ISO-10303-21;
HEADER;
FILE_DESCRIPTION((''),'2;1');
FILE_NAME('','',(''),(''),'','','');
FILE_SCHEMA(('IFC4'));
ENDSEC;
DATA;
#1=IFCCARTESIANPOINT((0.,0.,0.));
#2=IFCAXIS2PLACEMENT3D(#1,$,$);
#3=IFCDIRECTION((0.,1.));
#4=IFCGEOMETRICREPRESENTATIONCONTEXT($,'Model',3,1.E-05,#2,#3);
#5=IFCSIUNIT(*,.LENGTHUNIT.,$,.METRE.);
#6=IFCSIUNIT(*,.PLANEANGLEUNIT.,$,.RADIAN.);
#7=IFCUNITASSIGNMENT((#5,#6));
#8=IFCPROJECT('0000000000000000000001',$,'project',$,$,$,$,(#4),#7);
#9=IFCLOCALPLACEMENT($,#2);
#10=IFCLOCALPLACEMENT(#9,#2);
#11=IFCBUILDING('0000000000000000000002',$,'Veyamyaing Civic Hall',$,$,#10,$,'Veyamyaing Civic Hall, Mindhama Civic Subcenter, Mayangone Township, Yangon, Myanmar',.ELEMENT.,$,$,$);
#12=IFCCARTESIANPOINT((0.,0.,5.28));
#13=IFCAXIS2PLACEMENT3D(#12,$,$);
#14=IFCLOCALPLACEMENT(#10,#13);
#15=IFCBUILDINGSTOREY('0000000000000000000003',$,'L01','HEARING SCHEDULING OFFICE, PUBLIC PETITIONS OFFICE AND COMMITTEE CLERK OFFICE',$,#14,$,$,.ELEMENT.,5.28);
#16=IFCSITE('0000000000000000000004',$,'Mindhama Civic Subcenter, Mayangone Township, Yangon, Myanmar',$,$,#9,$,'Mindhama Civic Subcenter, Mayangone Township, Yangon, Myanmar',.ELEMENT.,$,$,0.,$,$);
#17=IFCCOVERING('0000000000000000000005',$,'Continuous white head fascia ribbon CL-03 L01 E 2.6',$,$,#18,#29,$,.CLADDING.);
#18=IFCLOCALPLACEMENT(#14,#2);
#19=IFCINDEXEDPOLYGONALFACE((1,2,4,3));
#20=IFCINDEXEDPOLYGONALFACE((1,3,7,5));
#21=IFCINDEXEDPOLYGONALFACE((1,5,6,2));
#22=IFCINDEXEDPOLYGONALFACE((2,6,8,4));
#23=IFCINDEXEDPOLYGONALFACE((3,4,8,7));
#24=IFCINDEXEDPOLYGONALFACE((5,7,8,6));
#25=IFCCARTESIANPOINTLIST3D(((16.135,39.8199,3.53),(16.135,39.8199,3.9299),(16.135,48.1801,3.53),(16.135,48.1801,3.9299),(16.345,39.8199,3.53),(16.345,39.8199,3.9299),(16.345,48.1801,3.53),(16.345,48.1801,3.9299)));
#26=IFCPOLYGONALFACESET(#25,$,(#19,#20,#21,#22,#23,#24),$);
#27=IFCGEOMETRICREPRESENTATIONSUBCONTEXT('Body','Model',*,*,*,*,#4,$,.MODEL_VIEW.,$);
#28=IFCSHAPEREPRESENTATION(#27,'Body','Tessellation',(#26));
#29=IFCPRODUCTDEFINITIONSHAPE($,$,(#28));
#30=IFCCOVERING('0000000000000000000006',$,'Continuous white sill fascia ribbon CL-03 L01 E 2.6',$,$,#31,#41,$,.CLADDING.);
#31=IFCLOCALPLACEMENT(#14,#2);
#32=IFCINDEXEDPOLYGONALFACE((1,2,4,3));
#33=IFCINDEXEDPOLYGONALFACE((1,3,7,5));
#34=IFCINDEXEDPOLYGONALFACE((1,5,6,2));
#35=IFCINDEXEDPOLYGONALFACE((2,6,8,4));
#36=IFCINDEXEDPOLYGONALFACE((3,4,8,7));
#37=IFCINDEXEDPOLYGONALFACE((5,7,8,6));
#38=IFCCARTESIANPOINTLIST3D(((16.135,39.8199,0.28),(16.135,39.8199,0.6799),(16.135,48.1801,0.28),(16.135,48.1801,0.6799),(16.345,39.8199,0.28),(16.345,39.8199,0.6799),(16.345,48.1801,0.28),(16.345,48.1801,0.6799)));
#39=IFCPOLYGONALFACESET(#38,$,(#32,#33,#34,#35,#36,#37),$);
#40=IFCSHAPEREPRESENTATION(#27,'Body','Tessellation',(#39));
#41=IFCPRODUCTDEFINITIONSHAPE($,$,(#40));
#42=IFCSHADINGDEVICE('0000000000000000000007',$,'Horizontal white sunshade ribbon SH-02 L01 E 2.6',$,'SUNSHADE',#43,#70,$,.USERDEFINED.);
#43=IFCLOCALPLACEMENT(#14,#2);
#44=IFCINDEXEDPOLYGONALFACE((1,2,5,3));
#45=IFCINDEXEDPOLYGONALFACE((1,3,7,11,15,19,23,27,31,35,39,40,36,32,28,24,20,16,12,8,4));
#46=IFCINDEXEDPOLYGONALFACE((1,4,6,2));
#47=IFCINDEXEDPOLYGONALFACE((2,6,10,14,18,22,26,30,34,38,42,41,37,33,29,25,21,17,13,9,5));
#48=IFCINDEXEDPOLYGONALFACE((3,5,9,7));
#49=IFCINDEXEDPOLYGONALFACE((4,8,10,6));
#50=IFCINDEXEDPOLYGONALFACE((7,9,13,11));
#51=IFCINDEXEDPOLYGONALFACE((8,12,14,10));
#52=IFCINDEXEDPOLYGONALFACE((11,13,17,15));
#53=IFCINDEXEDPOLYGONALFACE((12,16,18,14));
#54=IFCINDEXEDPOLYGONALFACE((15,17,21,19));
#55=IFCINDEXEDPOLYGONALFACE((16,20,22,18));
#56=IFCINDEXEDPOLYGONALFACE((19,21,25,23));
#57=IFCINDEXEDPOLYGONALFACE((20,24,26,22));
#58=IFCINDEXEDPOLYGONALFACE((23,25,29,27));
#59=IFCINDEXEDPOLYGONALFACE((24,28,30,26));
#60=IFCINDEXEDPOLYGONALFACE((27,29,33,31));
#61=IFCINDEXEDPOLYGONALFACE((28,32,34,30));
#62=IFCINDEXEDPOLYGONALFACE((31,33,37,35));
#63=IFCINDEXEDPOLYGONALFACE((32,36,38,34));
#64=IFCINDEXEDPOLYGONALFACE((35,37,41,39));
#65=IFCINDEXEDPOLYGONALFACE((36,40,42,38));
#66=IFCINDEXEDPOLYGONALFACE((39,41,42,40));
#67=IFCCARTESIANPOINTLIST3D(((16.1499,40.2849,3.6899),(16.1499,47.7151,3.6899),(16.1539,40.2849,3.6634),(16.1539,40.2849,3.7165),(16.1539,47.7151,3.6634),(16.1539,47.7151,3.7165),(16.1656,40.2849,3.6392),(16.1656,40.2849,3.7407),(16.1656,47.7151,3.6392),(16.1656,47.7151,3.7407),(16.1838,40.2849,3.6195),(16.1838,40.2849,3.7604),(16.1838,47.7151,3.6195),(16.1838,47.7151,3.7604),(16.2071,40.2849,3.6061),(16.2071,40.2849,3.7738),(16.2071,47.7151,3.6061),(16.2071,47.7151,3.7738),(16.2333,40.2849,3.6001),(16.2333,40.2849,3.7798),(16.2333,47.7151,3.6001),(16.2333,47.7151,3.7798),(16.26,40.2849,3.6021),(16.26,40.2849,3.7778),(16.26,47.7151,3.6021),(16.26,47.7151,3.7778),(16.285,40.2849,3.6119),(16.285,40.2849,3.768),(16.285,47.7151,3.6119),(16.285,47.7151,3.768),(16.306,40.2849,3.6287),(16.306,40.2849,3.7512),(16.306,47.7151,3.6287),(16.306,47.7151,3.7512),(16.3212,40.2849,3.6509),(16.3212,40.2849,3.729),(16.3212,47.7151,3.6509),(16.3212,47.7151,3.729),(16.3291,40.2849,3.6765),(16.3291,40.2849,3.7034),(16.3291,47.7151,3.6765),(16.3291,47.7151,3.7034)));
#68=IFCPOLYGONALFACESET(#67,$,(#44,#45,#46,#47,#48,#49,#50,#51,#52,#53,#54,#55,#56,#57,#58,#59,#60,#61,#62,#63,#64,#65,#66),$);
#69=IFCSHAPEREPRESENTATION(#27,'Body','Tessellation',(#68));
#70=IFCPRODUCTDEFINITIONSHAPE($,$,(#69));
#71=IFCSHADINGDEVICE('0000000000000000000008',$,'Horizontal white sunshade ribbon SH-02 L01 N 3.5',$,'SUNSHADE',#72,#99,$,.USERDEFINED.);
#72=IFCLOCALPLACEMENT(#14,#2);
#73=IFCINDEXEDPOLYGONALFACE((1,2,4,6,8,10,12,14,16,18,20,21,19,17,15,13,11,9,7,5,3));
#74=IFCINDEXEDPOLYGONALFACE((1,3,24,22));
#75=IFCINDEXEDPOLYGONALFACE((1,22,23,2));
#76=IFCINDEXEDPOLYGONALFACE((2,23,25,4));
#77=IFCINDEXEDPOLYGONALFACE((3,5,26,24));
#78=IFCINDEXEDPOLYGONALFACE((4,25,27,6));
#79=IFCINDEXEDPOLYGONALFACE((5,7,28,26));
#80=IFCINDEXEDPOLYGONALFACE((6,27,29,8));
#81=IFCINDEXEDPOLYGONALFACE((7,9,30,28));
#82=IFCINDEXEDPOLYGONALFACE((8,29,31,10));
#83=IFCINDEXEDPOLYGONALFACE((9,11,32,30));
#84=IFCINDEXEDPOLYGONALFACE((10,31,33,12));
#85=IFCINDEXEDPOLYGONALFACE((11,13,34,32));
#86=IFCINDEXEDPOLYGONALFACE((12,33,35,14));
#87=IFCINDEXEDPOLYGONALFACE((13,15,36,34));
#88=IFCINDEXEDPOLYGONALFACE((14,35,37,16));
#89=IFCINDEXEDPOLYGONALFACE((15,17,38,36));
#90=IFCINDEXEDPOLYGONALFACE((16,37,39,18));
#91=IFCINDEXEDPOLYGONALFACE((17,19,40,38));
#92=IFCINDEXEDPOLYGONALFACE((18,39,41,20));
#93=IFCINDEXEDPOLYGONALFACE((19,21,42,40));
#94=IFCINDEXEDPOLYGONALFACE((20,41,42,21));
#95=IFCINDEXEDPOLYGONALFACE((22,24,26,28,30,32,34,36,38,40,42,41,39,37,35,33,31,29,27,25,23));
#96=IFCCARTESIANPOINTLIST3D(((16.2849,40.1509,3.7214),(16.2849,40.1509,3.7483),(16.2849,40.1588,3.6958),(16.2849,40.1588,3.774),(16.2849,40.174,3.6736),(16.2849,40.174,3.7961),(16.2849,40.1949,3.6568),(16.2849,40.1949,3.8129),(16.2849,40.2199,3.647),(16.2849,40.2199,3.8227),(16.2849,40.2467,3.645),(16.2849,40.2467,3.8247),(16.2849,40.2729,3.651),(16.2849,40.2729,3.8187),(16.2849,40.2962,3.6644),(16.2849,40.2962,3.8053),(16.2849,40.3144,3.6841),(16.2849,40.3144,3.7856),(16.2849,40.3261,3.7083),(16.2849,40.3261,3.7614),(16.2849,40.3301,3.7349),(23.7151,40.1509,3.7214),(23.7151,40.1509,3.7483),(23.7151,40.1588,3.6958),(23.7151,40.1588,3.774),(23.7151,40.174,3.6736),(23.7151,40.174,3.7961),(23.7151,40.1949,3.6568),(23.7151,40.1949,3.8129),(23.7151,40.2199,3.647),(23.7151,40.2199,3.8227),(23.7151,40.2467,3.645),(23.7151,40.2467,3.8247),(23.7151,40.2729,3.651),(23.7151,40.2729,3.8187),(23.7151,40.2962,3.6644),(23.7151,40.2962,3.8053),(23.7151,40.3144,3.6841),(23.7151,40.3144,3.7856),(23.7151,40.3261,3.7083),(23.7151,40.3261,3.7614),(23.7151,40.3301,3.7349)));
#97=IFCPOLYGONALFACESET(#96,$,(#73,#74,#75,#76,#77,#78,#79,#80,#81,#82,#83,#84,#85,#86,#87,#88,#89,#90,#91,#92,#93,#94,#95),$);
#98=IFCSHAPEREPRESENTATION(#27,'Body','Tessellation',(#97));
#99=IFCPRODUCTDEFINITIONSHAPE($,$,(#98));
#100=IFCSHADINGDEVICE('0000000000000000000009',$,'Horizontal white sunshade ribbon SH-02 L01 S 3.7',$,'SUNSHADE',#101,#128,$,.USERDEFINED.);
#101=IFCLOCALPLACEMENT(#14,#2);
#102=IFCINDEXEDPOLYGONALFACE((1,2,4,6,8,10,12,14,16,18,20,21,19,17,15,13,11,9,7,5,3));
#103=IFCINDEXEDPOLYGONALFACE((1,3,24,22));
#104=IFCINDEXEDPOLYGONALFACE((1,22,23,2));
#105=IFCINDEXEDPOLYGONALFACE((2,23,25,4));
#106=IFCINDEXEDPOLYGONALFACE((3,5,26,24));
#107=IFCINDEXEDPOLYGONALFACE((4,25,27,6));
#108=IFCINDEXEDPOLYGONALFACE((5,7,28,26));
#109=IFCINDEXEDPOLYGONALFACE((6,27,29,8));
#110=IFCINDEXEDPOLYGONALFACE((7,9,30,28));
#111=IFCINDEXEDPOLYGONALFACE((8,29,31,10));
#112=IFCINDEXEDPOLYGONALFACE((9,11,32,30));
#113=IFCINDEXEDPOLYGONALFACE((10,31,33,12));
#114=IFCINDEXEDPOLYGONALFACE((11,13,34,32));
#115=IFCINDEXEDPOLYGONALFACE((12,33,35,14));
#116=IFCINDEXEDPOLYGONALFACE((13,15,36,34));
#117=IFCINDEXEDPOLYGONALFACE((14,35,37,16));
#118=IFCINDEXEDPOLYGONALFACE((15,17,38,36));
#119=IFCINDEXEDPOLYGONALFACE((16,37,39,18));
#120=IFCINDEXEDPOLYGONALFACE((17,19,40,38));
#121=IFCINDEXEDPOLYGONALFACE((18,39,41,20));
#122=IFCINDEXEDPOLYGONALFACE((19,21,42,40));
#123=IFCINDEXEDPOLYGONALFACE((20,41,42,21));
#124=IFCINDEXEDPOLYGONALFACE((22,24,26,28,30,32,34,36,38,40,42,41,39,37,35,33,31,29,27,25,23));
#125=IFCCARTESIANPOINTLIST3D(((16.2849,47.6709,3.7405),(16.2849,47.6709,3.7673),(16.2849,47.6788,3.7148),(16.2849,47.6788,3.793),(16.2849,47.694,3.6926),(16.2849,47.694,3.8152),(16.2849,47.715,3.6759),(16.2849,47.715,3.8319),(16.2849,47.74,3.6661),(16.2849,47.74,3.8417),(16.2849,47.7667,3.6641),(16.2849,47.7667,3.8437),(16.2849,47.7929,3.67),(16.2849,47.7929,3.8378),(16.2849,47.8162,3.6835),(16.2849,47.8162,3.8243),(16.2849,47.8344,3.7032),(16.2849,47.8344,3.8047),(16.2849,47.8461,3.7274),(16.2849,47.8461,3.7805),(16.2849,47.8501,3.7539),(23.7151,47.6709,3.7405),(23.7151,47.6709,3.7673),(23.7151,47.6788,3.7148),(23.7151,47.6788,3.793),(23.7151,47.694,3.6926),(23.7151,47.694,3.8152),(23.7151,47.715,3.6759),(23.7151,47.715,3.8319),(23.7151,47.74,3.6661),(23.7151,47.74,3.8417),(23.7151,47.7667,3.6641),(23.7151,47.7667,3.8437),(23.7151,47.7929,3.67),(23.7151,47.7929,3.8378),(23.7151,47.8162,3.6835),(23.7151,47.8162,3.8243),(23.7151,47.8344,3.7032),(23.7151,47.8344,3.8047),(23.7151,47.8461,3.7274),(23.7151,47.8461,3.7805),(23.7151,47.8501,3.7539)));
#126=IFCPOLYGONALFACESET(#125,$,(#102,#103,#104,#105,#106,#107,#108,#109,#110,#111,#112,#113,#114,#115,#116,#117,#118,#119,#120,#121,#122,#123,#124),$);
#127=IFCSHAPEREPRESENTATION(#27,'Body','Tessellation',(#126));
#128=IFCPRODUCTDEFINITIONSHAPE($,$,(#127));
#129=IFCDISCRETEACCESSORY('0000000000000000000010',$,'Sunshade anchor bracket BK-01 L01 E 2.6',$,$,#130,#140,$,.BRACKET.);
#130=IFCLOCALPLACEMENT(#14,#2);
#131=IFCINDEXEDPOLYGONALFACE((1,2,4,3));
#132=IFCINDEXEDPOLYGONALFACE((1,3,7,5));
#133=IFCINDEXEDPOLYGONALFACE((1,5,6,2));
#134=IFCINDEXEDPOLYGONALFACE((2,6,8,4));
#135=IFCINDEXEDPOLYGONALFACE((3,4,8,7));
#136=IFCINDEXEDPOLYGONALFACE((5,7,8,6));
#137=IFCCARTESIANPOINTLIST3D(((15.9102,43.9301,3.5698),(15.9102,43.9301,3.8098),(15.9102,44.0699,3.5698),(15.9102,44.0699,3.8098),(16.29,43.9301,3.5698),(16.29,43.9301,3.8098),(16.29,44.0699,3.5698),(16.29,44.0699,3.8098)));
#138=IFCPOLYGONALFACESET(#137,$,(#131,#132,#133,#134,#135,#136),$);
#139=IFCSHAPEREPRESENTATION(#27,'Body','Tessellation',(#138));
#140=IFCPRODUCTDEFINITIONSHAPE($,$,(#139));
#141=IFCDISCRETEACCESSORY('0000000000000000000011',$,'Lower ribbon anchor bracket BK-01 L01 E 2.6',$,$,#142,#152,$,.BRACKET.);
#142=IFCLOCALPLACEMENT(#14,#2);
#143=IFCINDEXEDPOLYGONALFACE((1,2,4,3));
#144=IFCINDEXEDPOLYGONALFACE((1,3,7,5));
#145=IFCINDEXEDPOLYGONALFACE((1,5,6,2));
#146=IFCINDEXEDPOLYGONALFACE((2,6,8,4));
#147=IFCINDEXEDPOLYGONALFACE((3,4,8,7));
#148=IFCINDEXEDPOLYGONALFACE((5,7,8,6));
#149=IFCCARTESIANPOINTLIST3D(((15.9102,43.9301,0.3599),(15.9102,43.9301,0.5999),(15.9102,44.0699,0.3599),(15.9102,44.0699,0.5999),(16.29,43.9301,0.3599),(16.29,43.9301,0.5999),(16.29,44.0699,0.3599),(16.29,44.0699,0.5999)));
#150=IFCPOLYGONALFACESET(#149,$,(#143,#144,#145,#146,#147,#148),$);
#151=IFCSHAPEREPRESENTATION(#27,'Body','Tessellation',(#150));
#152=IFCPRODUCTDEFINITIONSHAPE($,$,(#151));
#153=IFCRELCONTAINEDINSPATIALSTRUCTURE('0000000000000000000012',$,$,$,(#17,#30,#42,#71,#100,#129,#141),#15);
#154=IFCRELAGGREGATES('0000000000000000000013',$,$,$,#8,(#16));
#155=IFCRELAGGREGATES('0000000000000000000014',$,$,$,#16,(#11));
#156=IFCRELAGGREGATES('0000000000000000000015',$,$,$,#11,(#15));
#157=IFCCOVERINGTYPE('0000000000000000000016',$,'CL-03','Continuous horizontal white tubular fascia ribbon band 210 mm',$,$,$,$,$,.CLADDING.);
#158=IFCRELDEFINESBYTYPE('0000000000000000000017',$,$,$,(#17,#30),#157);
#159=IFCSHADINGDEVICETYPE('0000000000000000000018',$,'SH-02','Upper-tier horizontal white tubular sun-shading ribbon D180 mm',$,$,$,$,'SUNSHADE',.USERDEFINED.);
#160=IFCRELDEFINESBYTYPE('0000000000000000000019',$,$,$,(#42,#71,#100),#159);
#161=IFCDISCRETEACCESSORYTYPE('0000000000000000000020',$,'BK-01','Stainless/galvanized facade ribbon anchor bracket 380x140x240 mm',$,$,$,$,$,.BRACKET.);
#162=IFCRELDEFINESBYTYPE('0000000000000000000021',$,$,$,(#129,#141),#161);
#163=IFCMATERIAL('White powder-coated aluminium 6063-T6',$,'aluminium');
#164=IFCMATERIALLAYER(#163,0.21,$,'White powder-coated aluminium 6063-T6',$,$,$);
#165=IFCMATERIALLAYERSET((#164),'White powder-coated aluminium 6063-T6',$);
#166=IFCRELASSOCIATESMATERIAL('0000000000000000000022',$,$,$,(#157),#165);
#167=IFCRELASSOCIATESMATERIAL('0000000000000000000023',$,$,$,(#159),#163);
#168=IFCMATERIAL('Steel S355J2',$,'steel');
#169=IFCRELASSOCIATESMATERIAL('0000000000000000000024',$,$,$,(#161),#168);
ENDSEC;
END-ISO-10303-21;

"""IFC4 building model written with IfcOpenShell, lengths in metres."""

from ifc_helpers import new_model, si_unit, direction, frame, origin, origin_2d, place, context, subcontext, project, spatial, rectangle, circle, extrude, material, layer, layer_set, material_profile, profile_set, type_object, element, save


model = new_model("IFC4")

# Units and contexts
model_context = context("Model", 3, precision=1e-05, world=origin(), true_north=direction((0.0, 1.0)))
body_context = subcontext(model_context, "Body", "Model", "MODEL_VIEW")
ifc_project = project(units=[si_unit("LENGTHUNIT", "METRE"), si_unit("PLANEANGLEUNIT", "RADIAN")], contexts=[model_context])

# Site, building, storey
site_placement = place(None, origin())
site = spatial("IfcSite", under=ifc_project, at=site_placement, Name="Mindhama Civic Subcenter, Mayangone Township, Yangon, Myanmar", LongName="Mindhama Civic Subcenter, Mayangone Township, Yangon, Myanmar", CompositionType="ELEMENT", RefElevation=0.0)
building_placement = place(site_placement, origin())
building = spatial("IfcBuilding", under=site, at=building_placement, Name="Veyamyaing Civic Hall", LongName="Veyamyaing Civic Hall, Mindhama Civic Subcenter, Mayangone Township, Yangon, Myanmar", CompositionType="ELEMENT")
storey_placement = place(building_placement, frame((0.0, 0.0, 5.28)))
storey = spatial("IfcBuildingStorey", under=building, at=storey_placement, Name="L01", Description="HEARING SCHEDULING OFFICE, PUBLIC PETITIONS OFFICE AND COMMITTEE CLERK OFFICE", CompositionType="ELEMENT", Elevation=5.28)

# Coverings
ifc_material_1 = material(Name="White powder-coated aluminium 6063-T6", Category="aluminium")
ifc_layer_1 = layer(ifc_material_1, 0.21, Name="White powder-coated aluminium 6063-T6")
ifc_layer_set_1 = layer_set([ifc_layer_1], Name="White powder-coated aluminium 6063-T6")
covering_type_1 = type_object("IfcCoveringType", Name="CL-03", Description="Continuous horizontal white tubular fascia ribbon band 210 mm", PredefinedType="CLADDING", material=ifc_layer_set_1)
for number, where, z_axis, x_axis, name in (
    (1, (16.24, 44.0, 3.53), (0.0, 0.0, 1.0), (0.0, 1.0, 0.0), "Continuous white head fascia ribbon CL-03 L01 E 2.6"),
    (2, (16.24, 44.0, 0.28), (0.0, 0.0, 1.0), (0.0, 1.0, 0.0), "Continuous white sill fascia ribbon CL-03 L01 E 2.6"),
):
    element("IfcCovering", number, at=place(storey_placement, frame(where, z_axis=z_axis, x_axis=x_axis)), inside=storey, type_object=covering_type_1, Name=name, PredefinedType="CLADDING", context=body_context, shape_type="SweptSolid", body=[
        extrude(rectangle(XDim=8.3601, YDim=0.21, at=origin_2d()), origin(), (0.0, 0.0, 1.0), 0.3999),
    ])

# Shading devices
ifc_material_profile_1 = material_profile(ifc_material_1, circle(Radius=0.0901, at=origin_2d()), Name="SHADE-TUBE-180")
ifc_profile_set_1 = profile_set([ifc_material_profile_1], Name="White powder-coated aluminium 6063-T6")
shading_device_type = type_object("IfcShadingDeviceType", Name="SH-02", Description="Upper-tier horizontal white tubular sun-shading ribbon D180 mm", ElementType="SUNSHADE", PredefinedType="USERDEFINED", material=ifc_profile_set_1)
for number, where, z_axis, x_axis, name in (
    (3, (16.24, 40.2849, 3.6899), (0.0, 1.0, 0.0), (-1.0, 0.0, 0.0), "Horizontal white sunshade ribbon SH-02 L01 E 2.6"),
    (4, (16.2849, 40.24, 3.7349), (1.0, 0.0, 0.0), (0.0, 1.0, 0.0), "Horizontal white sunshade ribbon SH-02 L01 N 3.5"),
    (5, (16.2849, 47.76, 3.7539), (1.0, 0.0, 0.0), (0.0, 1.0, 0.0), "Horizontal white sunshade ribbon SH-02 L01 S 3.7"),
):
    element("IfcShadingDevice", number, at=place(storey_placement, frame(where, z_axis=z_axis, x_axis=x_axis)), inside=storey, type_object=shading_device_type, Name=name, ObjectType="SUNSHADE", PredefinedType="USERDEFINED", context=body_context, shape_type="SweptSolid", body=[
        extrude(circle(Radius=0.0901, at=origin_2d()), origin(), (0.0, 0.0, 1.0), 7.4302),
    ])

# Discrete accessories
ifc_material_2 = material(Name="Steel S355J2", Category="steel")
discrete_accessory_type = type_object("IfcDiscreteAccessoryType", Name="BK-01", Description="Stainless/galvanized facade ribbon anchor bracket 380x140x240 mm", PredefinedType="BRACKET", material=ifc_material_2)
for number, where, z_axis, x_axis, name in (
    (6, (16.1001, 44.0, 3.5698), (0.0, 0.0, 1.0), (1.0, 0.0, 0.0), "Sunshade anchor bracket BK-01 L01 E 2.6"),
    (7, (16.1001, 44.0, 0.3599), (0.0, 0.0, 1.0), (1.0, 0.0, 0.0), "Lower ribbon anchor bracket BK-01 L01 E 2.6"),
):
    element("IfcDiscreteAccessory", number, at=place(storey_placement, frame(where, z_axis=z_axis, x_axis=x_axis)), inside=storey, type_object=discrete_accessory_type, Name=name, PredefinedType="BRACKET", context=body_context, shape_type="SweptSolid", body=[
        extrude(rectangle(XDim=0.3799, YDim=0.1399, at=origin_2d()), origin(), (0.0, 0.0, 1.0), 0.24),
    ])

save(model, "model.ifc")
